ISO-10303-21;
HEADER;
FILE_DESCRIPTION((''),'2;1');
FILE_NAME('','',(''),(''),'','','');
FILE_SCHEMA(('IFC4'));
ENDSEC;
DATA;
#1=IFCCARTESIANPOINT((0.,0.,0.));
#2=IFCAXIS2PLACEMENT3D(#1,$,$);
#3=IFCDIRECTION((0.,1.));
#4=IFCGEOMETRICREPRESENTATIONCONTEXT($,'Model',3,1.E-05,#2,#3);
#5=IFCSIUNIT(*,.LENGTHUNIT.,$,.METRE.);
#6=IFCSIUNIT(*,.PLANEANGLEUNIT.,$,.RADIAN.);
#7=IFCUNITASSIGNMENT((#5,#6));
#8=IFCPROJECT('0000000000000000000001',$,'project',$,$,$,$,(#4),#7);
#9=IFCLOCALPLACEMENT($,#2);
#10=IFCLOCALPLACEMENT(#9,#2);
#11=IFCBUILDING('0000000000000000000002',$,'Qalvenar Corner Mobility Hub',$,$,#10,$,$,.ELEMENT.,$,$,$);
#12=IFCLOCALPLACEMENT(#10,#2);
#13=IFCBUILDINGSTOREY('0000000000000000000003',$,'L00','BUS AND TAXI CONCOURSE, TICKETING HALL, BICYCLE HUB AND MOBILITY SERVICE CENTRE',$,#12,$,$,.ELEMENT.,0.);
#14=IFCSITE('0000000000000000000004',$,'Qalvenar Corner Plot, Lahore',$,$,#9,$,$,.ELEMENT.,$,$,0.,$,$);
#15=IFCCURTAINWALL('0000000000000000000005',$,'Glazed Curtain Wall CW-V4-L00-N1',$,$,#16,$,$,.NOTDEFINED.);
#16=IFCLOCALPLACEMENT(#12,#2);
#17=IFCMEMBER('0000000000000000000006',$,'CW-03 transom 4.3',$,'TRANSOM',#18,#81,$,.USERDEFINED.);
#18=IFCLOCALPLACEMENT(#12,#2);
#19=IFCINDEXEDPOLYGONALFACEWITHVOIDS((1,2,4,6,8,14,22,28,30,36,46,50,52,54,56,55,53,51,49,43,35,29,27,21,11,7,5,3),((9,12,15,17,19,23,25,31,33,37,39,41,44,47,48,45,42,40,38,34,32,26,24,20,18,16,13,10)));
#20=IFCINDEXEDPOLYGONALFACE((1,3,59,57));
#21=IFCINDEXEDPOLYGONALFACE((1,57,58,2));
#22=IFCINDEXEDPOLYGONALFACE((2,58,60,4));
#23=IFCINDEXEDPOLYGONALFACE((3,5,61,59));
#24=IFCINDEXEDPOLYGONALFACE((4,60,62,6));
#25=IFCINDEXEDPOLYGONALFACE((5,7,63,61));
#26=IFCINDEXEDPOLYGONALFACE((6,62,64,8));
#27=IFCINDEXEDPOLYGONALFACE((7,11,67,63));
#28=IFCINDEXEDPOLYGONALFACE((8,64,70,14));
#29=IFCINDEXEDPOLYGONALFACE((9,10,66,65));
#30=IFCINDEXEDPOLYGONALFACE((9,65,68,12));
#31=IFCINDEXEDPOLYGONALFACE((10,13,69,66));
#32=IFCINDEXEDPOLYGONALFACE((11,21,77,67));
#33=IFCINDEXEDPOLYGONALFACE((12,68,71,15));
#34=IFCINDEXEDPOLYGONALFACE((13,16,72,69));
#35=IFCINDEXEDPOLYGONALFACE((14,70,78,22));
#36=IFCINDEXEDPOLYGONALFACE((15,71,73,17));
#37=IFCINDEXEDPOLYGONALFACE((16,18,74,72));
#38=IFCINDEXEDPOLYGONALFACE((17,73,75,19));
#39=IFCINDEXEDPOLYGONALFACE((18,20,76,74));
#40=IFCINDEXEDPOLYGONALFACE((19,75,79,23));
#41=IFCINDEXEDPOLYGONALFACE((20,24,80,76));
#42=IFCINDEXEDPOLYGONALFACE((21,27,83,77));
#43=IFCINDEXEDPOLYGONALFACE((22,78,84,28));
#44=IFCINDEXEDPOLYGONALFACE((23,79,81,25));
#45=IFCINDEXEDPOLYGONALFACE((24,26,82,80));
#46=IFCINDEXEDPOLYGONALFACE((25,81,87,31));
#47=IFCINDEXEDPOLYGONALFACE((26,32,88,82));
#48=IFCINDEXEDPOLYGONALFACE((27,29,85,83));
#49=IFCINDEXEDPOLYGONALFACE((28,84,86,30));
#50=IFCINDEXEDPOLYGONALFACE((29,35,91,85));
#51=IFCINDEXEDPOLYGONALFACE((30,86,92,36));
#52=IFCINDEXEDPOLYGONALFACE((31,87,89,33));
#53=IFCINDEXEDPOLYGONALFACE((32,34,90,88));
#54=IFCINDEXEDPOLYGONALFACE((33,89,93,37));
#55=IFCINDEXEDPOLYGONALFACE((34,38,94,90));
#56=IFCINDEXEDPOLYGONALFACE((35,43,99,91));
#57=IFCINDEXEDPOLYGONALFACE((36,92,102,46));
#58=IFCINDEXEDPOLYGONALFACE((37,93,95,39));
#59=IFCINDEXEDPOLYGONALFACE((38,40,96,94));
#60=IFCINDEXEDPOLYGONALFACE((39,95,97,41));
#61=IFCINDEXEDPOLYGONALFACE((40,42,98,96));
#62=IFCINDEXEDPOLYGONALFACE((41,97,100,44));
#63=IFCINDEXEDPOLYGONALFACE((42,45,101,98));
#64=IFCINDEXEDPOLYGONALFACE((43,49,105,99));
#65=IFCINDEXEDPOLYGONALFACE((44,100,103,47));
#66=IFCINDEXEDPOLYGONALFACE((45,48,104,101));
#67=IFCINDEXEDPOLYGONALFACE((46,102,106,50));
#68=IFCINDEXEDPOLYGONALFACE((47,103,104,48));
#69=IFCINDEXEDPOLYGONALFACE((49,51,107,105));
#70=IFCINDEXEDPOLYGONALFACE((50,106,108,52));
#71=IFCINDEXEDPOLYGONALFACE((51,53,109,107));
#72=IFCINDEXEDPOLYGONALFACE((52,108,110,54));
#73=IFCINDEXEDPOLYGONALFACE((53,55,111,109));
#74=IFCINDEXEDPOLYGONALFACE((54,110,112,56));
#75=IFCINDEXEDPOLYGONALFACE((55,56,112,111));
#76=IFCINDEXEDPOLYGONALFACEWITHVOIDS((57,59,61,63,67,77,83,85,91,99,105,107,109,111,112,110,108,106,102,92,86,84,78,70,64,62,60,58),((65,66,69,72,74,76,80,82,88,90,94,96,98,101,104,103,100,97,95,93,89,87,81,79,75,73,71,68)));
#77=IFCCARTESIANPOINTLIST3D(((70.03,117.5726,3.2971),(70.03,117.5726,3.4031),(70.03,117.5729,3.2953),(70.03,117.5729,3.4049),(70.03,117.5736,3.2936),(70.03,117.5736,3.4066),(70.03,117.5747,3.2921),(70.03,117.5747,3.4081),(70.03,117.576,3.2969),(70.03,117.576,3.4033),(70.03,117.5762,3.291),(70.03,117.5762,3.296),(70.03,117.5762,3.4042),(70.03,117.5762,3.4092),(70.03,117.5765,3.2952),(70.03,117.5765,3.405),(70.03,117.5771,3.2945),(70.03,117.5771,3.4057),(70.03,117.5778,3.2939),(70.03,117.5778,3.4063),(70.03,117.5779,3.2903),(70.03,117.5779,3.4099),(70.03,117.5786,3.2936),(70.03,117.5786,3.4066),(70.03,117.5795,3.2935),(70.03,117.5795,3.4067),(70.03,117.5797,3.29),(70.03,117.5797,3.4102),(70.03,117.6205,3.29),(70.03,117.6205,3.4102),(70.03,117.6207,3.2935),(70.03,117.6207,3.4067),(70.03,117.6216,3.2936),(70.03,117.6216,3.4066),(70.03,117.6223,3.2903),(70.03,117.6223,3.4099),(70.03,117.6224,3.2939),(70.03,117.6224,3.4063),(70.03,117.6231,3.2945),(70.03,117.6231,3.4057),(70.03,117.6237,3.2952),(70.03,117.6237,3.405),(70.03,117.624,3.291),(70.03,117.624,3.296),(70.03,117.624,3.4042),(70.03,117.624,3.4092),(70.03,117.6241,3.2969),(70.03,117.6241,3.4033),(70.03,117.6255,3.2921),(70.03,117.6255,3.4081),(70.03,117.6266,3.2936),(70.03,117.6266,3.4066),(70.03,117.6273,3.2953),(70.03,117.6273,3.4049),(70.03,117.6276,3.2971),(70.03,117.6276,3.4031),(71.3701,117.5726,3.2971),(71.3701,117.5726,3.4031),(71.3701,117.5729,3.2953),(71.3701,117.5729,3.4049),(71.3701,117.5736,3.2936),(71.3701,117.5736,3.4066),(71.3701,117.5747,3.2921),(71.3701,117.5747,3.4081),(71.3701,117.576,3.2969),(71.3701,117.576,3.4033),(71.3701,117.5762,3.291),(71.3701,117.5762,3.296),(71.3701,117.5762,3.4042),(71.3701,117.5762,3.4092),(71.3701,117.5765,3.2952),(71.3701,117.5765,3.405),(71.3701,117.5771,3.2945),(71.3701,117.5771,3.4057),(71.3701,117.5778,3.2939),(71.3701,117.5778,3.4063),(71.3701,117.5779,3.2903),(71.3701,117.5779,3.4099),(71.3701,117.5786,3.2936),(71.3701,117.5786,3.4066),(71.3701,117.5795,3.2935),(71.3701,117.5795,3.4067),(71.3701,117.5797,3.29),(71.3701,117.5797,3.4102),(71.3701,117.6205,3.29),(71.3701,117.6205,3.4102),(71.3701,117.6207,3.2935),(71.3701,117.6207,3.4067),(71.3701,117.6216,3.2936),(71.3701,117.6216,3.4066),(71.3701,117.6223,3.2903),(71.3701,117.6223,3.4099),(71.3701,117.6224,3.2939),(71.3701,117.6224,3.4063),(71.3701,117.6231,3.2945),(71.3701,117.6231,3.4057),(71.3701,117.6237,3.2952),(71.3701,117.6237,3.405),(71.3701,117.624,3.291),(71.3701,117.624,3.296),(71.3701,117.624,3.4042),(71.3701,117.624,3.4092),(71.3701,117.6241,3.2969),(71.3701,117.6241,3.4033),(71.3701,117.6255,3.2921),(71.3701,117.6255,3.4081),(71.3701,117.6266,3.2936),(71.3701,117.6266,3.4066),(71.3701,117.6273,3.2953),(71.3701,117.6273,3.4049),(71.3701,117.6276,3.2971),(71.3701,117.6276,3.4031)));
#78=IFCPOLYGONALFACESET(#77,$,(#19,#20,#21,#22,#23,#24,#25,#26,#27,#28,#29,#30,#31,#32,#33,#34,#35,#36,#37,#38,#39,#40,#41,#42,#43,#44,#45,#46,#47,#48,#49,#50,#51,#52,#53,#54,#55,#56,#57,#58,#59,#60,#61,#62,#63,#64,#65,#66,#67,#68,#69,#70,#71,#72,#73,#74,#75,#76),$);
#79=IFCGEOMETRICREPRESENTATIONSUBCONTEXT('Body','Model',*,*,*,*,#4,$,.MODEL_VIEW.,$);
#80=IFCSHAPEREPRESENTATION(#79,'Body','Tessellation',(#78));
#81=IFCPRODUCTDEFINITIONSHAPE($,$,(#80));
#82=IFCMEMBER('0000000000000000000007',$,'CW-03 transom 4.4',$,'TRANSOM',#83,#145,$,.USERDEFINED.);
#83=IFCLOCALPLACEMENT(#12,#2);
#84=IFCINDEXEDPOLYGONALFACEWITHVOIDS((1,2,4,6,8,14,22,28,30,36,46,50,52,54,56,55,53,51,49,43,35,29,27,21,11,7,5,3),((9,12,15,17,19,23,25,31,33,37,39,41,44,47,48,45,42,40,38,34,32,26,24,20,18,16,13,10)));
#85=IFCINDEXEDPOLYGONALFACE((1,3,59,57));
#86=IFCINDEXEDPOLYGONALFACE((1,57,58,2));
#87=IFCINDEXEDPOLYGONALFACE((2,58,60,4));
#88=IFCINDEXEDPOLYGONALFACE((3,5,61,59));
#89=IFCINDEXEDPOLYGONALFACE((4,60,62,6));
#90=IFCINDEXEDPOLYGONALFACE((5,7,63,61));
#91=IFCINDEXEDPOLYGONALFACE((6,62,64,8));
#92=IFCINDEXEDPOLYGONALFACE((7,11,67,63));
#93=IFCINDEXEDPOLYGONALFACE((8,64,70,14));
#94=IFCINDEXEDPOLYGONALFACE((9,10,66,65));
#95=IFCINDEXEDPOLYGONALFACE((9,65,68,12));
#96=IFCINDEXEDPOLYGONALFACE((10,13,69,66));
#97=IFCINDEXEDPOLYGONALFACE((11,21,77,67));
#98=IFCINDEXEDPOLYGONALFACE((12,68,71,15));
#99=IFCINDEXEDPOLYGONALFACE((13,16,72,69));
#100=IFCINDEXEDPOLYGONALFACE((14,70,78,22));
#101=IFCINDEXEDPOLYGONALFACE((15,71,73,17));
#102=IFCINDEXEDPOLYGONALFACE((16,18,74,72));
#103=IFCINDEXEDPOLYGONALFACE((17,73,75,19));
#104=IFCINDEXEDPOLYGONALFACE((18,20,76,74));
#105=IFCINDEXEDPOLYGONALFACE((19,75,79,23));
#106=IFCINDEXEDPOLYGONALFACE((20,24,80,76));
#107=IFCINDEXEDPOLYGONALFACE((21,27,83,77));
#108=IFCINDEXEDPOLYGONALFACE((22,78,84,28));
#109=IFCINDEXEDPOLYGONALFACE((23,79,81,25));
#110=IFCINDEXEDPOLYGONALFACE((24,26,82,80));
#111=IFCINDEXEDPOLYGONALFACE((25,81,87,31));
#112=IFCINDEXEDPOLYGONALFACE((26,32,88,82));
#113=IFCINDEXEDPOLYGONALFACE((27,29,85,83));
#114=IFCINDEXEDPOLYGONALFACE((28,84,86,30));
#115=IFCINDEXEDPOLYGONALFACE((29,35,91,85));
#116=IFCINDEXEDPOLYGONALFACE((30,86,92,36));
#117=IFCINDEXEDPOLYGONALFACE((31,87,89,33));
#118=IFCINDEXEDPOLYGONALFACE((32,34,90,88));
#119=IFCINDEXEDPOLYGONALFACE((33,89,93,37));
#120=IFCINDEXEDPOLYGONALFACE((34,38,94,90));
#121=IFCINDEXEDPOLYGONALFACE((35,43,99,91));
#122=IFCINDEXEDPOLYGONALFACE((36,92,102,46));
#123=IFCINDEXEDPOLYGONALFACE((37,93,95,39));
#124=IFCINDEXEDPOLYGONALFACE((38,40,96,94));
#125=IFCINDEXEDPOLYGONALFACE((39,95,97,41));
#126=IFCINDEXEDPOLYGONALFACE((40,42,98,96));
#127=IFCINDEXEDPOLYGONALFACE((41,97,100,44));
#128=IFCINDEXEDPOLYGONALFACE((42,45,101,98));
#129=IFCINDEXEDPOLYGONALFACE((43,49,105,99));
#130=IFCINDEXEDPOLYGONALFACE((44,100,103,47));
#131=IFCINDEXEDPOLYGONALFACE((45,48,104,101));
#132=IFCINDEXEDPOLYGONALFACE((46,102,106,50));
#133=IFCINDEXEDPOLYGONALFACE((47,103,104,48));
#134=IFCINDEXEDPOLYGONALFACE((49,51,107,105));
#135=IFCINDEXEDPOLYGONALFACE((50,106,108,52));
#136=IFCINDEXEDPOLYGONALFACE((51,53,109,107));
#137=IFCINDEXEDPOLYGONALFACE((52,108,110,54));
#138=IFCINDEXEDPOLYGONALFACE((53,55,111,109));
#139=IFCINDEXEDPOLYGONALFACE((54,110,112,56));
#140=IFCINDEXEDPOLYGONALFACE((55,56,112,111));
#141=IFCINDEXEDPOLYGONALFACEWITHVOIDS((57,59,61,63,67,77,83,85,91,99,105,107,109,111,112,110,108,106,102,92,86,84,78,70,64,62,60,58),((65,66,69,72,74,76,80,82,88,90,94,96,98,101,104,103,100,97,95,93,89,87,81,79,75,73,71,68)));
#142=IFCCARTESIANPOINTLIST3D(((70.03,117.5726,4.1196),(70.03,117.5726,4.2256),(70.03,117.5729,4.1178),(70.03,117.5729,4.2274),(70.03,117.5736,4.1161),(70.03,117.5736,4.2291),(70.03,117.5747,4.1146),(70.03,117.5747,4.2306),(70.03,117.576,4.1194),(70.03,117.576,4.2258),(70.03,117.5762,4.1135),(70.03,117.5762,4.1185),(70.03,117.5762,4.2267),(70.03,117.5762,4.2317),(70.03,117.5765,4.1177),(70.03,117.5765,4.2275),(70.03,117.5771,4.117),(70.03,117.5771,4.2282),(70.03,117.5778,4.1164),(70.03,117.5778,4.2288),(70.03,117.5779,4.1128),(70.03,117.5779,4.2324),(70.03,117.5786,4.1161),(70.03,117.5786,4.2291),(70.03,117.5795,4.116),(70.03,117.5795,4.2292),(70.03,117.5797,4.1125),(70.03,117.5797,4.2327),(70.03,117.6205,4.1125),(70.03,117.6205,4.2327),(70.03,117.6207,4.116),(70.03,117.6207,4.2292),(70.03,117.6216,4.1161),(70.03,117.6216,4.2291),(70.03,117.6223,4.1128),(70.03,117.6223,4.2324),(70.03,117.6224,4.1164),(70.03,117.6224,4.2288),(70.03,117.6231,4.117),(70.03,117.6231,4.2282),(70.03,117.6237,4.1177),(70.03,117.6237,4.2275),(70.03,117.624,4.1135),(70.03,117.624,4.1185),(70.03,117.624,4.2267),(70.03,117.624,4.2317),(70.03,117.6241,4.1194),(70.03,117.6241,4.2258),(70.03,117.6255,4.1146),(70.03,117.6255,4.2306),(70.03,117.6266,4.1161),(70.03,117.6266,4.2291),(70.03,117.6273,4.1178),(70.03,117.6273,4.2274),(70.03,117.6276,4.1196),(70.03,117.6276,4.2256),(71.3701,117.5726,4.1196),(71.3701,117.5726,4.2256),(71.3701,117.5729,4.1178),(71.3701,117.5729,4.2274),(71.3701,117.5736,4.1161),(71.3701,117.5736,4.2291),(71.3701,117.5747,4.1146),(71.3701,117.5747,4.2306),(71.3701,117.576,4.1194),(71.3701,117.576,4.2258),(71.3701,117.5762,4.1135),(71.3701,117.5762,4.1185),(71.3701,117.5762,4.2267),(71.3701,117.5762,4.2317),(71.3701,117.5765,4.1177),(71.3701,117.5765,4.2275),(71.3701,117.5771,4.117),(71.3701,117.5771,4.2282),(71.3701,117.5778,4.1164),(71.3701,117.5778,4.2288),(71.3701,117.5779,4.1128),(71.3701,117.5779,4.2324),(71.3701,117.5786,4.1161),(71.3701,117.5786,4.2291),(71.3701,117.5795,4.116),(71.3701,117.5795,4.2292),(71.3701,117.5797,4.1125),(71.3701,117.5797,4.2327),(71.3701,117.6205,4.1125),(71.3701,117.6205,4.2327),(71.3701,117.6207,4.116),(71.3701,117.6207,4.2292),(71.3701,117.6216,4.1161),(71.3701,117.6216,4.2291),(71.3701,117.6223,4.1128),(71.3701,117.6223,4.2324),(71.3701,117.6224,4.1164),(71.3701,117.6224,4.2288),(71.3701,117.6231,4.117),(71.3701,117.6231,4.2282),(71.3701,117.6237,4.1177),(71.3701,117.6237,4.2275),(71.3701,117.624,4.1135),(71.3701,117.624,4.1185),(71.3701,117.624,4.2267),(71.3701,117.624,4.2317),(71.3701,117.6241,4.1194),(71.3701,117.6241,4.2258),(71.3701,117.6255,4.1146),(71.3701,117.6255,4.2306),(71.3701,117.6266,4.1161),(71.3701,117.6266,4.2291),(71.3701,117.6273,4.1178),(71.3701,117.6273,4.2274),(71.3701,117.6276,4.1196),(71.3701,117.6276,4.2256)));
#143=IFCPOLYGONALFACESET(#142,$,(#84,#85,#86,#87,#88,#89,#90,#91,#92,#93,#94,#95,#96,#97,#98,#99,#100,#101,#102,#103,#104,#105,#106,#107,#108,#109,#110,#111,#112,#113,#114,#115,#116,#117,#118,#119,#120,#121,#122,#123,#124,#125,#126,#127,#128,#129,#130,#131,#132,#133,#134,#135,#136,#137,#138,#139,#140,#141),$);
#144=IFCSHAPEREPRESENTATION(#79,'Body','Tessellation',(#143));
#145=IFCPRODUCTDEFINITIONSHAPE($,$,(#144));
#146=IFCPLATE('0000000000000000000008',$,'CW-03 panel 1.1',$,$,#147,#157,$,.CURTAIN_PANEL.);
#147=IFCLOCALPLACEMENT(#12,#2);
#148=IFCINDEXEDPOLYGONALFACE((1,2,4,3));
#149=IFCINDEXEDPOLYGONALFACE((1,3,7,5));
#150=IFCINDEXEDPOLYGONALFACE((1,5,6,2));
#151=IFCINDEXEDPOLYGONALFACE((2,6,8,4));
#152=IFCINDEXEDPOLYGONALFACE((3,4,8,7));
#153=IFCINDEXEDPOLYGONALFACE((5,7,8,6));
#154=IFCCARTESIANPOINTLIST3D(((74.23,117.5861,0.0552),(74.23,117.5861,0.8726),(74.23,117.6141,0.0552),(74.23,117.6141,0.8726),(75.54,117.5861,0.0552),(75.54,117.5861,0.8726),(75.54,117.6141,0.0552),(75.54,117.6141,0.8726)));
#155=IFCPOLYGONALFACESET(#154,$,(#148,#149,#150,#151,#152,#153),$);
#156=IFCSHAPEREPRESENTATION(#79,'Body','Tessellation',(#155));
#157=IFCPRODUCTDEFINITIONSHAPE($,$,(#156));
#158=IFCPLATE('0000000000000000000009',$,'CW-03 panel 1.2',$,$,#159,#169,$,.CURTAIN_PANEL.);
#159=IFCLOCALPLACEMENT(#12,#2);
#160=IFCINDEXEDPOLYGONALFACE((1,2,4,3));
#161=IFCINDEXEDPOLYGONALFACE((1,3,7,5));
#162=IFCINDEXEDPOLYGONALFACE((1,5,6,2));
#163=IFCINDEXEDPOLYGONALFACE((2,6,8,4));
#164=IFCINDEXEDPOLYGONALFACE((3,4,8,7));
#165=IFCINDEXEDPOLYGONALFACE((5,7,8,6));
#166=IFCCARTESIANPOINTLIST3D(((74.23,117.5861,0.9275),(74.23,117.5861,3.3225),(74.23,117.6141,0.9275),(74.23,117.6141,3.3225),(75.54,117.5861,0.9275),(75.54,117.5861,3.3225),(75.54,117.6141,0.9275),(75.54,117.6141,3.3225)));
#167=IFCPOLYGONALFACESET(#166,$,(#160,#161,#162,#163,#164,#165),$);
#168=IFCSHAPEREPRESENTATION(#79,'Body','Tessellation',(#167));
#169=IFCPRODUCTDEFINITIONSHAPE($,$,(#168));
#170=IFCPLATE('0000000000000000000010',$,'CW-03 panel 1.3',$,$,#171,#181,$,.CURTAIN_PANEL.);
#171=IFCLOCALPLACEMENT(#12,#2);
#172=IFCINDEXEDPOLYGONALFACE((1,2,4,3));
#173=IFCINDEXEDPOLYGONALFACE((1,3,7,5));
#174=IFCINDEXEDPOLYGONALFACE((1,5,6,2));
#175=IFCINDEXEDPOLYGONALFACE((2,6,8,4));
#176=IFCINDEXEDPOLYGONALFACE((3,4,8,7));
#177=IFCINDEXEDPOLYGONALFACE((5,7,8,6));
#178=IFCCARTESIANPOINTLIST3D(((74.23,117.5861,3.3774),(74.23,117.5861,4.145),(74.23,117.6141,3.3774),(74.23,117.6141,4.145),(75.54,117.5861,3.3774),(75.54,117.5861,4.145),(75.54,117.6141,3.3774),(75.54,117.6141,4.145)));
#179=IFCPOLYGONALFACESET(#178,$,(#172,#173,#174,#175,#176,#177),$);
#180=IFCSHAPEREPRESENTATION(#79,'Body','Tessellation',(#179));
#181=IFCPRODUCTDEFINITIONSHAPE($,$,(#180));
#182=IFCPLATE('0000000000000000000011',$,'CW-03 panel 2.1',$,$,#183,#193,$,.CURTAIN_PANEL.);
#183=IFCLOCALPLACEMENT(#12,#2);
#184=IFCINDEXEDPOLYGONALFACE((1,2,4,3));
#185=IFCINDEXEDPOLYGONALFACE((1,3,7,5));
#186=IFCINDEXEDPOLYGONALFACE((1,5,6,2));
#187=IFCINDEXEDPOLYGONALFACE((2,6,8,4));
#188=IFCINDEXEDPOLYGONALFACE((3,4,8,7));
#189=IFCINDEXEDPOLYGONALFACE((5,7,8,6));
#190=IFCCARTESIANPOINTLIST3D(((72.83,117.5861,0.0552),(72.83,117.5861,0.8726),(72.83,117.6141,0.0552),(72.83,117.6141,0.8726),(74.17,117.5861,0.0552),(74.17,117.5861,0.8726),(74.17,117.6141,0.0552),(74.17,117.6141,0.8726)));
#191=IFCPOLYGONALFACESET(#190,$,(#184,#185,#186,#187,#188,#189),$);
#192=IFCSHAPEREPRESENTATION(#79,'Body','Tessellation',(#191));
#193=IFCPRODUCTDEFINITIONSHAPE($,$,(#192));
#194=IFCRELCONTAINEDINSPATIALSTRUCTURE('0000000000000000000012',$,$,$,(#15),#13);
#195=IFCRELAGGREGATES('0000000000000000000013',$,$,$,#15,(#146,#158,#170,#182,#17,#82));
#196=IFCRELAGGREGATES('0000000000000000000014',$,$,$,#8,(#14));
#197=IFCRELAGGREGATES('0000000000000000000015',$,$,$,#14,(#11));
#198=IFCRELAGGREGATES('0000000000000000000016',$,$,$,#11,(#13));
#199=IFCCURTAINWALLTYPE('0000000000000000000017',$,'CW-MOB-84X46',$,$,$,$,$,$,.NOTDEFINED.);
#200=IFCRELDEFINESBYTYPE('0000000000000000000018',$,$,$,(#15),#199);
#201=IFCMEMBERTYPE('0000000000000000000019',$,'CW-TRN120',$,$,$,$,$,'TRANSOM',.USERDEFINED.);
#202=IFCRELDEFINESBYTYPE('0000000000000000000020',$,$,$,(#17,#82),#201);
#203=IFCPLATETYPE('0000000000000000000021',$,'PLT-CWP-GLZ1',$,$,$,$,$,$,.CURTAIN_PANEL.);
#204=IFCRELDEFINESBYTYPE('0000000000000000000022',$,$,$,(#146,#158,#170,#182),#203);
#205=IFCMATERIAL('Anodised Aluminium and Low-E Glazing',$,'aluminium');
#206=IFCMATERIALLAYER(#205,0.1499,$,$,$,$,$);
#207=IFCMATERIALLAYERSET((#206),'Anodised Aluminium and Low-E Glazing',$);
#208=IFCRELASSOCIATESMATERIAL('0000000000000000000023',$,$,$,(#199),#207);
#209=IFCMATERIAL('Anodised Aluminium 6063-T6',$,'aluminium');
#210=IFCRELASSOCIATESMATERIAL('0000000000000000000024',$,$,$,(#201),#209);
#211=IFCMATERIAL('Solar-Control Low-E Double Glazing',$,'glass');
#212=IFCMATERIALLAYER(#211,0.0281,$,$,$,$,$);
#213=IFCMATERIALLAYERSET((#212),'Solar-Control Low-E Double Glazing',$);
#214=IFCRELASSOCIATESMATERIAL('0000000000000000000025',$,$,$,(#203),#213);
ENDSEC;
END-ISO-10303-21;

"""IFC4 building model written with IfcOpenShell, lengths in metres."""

from ifc_helpers import new_model, si_unit, direction, frame, origin, origin_2d, place, context, subcontext, project, spatial, rectangle, hollow_rectangle, extrude, material, layer, layer_set, material_profile, profile_set, type_object, element, aggregate, save


model = new_model("IFC4")

# Units and contexts
model_context = context("Model", 3, precision=1e-05, world=origin(), true_north=direction((0.0, 1.0)))
body_context = subcontext(model_context, "Body", "Model", "MODEL_VIEW")
ifc_project = project(units=[si_unit("LENGTHUNIT", "METRE"), si_unit("PLANEANGLEUNIT", "RADIAN")], contexts=[model_context])

# Site, building, storey
site_placement = place(None, origin())
site = spatial("IfcSite", under=ifc_project, at=site_placement, Name="Qalvenar Corner Plot, Lahore", CompositionType="ELEMENT", RefElevation=0.0)
building_placement = place(site_placement, origin())
building = spatial("IfcBuilding", under=site, at=building_placement, Name="Qalvenar Corner Mobility Hub", CompositionType="ELEMENT")
storey_placement = place(building_placement, origin())
storey = spatial("IfcBuildingStorey", under=building, at=storey_placement, Name="L00", Description="BUS AND TAXI CONCOURSE, TICKETING HALL, BICYCLE HUB AND MOBILITY SERVICE CENTRE", CompositionType="ELEMENT", Elevation=0.0)

# Curtain wall, members, plates
ifc_material_1 = material(Name="Anodised Aluminium and Low-E Glazing", Category="aluminium")
ifc_layer_1 = layer(ifc_material_1, 0.1499)
ifc_layer_set_1 = layer_set([ifc_layer_1], Name="Anodised Aluminium and Low-E Glazing")
curtain_wall_type = type_object("IfcCurtainWallType", Name="CW-MOB-84X46", PredefinedType="NOTDEFINED", material=ifc_layer_set_1)
curtain_wall_placement = place(storey_placement, origin())
curtain_wall = element("IfcCurtainWall", 1, at=curtain_wall_placement, inside=storey, type_object=curtain_wall_type, Name="Glazed Curtain Wall CW-V4-L00-N1", PredefinedType="NOTDEFINED")
ifc_material_2 = material(Name="Anodised Aluminium 6063-T6", Category="aluminium")
ifc_material_profile_1 = material_profile(ifc_material_2, hollow_rectangle(XDim=0.0549, YDim=0.1201, WallThickness=0.0034, InnerFilletRadius=0.0034, OuterFilletRadius=0.0071, at=origin_2d()), Name="RHS120x55x3.5")
ifc_profile_set_1 = profile_set([ifc_material_profile_1], Name="Anodised Aluminium 6063-T6")
member_type_1 = type_object("IfcMemberType", Name="CW-TRN120", ElementType="TRANSOM", PredefinedType="USERDEFINED", material=ifc_profile_set_1)
member_1_placement = place(storey_placement, frame((71.3701, 117.6001, 3.3501), z_axis=(-1.0, 0.0, 0.0), x_axis=(0.0, -1.0, 0.0)))
member_1 = element("IfcMember", 2, at=member_1_placement, type_object=member_type_1, Name="CW-03 transom 4.3", ObjectType="TRANSOM", PredefinedType="USERDEFINED", context=body_context, shape_type="SweptSolid", body=[
    extrude(hollow_rectangle(XDim=0.0549, YDim=0.1201, WallThickness=0.0034, InnerFilletRadius=0.0034, OuterFilletRadius=0.0071, at=origin_2d()), origin(), (0.0, 0.0, 1.0), 1.3401),
])
member_2_placement = place(storey_placement, frame((71.3701, 117.6001, 4.1726), z_axis=(-1.0, 0.0, 0.0), x_axis=(0.0, -1.0, 0.0)))
member_2 = element("IfcMember", 3, at=member_2_placement, type_object=member_type_1, Name="CW-03 transom 4.4", ObjectType="TRANSOM", PredefinedType="USERDEFINED", context=body_context, shape_type="SweptSolid", body=[
    extrude(hollow_rectangle(XDim=0.0549, YDim=0.1201, WallThickness=0.0034, InnerFilletRadius=0.0034, OuterFilletRadius=0.0071, at=origin_2d()), origin(), (0.0, 0.0, 1.0), 1.3401),
])
ifc_material_3 = material(Name="Solar-Control Low-E Double Glazing", Category="glass")
ifc_layer_2 = layer(ifc_material_3, 0.0281)
ifc_layer_set_2 = layer_set([ifc_layer_2], Name="Solar-Control Low-E Double Glazing")
plate_type = type_object("IfcPlateType", Name="PLT-CWP-GLZ1", PredefinedType="CURTAIN_PANEL", material=ifc_layer_set_2)
plate_1_placement = place(storey_placement, frame((74.885, 117.6001, 0.0552), z_axis=(0.0, 0.0, 1.0), x_axis=(-1.0, 0.0, 0.0)))
plate_1 = element("IfcPlate", 4, at=plate_1_placement, type_object=plate_type, Name="CW-03 panel 1.1", PredefinedType="CURTAIN_PANEL", context=body_context, shape_type="SweptSolid", body=[
    extrude(rectangle(XDim=1.3101, YDim=0.0281, at=origin_2d()), origin(), (0.0, 0.0, 1.0), 0.8174),
])
plate_2_placement = place(storey_placement, frame((74.885, 117.6001, 0.9275), z_axis=(0.0, 0.0, 1.0), x_axis=(-1.0, 0.0, 0.0)))
plate_2 = element("IfcPlate", 5, at=plate_2_placement, type_object=plate_type, Name="CW-03 panel 1.2", PredefinedType="CURTAIN_PANEL", context=body_context, shape_type="SweptSolid", body=[
    extrude(rectangle(XDim=1.3101, YDim=0.0281, at=origin_2d()), origin(), (0.0, 0.0, 1.0), 2.395),
])
plate_3_placement = place(storey_placement, frame((74.885, 117.6001, 3.3774), z_axis=(0.0, 0.0, 1.0), x_axis=(-1.0, 0.0, 0.0)))
plate_3 = element("IfcPlate", 6, at=plate_3_placement, type_object=plate_type, Name="CW-03 panel 1.3", PredefinedType="CURTAIN_PANEL", context=body_context, shape_type="SweptSolid", body=[
    extrude(rectangle(XDim=1.3101, YDim=0.0281, at=origin_2d()), origin(), (0.0, 0.0, 1.0), 0.7676),
])
plate_4_placement = place(storey_placement, frame((73.5, 117.6001, 0.0552), z_axis=(0.0, 0.0, 1.0), x_axis=(-1.0, 0.0, 0.0)))
plate_4 = element("IfcPlate", 7, at=plate_4_placement, type_object=plate_type, Name="CW-03 panel 2.1", PredefinedType="CURTAIN_PANEL", context=body_context, shape_type="SweptSolid", body=[
    extrude(rectangle(XDim=1.3401, YDim=0.0281, at=origin_2d()), origin(), (0.0, 0.0, 1.0), 0.8174),
])
aggregate(curtain_wall, [plate_1, plate_2, plate_3, plate_4, member_1, member_2])

save(model, "model.ifc")
